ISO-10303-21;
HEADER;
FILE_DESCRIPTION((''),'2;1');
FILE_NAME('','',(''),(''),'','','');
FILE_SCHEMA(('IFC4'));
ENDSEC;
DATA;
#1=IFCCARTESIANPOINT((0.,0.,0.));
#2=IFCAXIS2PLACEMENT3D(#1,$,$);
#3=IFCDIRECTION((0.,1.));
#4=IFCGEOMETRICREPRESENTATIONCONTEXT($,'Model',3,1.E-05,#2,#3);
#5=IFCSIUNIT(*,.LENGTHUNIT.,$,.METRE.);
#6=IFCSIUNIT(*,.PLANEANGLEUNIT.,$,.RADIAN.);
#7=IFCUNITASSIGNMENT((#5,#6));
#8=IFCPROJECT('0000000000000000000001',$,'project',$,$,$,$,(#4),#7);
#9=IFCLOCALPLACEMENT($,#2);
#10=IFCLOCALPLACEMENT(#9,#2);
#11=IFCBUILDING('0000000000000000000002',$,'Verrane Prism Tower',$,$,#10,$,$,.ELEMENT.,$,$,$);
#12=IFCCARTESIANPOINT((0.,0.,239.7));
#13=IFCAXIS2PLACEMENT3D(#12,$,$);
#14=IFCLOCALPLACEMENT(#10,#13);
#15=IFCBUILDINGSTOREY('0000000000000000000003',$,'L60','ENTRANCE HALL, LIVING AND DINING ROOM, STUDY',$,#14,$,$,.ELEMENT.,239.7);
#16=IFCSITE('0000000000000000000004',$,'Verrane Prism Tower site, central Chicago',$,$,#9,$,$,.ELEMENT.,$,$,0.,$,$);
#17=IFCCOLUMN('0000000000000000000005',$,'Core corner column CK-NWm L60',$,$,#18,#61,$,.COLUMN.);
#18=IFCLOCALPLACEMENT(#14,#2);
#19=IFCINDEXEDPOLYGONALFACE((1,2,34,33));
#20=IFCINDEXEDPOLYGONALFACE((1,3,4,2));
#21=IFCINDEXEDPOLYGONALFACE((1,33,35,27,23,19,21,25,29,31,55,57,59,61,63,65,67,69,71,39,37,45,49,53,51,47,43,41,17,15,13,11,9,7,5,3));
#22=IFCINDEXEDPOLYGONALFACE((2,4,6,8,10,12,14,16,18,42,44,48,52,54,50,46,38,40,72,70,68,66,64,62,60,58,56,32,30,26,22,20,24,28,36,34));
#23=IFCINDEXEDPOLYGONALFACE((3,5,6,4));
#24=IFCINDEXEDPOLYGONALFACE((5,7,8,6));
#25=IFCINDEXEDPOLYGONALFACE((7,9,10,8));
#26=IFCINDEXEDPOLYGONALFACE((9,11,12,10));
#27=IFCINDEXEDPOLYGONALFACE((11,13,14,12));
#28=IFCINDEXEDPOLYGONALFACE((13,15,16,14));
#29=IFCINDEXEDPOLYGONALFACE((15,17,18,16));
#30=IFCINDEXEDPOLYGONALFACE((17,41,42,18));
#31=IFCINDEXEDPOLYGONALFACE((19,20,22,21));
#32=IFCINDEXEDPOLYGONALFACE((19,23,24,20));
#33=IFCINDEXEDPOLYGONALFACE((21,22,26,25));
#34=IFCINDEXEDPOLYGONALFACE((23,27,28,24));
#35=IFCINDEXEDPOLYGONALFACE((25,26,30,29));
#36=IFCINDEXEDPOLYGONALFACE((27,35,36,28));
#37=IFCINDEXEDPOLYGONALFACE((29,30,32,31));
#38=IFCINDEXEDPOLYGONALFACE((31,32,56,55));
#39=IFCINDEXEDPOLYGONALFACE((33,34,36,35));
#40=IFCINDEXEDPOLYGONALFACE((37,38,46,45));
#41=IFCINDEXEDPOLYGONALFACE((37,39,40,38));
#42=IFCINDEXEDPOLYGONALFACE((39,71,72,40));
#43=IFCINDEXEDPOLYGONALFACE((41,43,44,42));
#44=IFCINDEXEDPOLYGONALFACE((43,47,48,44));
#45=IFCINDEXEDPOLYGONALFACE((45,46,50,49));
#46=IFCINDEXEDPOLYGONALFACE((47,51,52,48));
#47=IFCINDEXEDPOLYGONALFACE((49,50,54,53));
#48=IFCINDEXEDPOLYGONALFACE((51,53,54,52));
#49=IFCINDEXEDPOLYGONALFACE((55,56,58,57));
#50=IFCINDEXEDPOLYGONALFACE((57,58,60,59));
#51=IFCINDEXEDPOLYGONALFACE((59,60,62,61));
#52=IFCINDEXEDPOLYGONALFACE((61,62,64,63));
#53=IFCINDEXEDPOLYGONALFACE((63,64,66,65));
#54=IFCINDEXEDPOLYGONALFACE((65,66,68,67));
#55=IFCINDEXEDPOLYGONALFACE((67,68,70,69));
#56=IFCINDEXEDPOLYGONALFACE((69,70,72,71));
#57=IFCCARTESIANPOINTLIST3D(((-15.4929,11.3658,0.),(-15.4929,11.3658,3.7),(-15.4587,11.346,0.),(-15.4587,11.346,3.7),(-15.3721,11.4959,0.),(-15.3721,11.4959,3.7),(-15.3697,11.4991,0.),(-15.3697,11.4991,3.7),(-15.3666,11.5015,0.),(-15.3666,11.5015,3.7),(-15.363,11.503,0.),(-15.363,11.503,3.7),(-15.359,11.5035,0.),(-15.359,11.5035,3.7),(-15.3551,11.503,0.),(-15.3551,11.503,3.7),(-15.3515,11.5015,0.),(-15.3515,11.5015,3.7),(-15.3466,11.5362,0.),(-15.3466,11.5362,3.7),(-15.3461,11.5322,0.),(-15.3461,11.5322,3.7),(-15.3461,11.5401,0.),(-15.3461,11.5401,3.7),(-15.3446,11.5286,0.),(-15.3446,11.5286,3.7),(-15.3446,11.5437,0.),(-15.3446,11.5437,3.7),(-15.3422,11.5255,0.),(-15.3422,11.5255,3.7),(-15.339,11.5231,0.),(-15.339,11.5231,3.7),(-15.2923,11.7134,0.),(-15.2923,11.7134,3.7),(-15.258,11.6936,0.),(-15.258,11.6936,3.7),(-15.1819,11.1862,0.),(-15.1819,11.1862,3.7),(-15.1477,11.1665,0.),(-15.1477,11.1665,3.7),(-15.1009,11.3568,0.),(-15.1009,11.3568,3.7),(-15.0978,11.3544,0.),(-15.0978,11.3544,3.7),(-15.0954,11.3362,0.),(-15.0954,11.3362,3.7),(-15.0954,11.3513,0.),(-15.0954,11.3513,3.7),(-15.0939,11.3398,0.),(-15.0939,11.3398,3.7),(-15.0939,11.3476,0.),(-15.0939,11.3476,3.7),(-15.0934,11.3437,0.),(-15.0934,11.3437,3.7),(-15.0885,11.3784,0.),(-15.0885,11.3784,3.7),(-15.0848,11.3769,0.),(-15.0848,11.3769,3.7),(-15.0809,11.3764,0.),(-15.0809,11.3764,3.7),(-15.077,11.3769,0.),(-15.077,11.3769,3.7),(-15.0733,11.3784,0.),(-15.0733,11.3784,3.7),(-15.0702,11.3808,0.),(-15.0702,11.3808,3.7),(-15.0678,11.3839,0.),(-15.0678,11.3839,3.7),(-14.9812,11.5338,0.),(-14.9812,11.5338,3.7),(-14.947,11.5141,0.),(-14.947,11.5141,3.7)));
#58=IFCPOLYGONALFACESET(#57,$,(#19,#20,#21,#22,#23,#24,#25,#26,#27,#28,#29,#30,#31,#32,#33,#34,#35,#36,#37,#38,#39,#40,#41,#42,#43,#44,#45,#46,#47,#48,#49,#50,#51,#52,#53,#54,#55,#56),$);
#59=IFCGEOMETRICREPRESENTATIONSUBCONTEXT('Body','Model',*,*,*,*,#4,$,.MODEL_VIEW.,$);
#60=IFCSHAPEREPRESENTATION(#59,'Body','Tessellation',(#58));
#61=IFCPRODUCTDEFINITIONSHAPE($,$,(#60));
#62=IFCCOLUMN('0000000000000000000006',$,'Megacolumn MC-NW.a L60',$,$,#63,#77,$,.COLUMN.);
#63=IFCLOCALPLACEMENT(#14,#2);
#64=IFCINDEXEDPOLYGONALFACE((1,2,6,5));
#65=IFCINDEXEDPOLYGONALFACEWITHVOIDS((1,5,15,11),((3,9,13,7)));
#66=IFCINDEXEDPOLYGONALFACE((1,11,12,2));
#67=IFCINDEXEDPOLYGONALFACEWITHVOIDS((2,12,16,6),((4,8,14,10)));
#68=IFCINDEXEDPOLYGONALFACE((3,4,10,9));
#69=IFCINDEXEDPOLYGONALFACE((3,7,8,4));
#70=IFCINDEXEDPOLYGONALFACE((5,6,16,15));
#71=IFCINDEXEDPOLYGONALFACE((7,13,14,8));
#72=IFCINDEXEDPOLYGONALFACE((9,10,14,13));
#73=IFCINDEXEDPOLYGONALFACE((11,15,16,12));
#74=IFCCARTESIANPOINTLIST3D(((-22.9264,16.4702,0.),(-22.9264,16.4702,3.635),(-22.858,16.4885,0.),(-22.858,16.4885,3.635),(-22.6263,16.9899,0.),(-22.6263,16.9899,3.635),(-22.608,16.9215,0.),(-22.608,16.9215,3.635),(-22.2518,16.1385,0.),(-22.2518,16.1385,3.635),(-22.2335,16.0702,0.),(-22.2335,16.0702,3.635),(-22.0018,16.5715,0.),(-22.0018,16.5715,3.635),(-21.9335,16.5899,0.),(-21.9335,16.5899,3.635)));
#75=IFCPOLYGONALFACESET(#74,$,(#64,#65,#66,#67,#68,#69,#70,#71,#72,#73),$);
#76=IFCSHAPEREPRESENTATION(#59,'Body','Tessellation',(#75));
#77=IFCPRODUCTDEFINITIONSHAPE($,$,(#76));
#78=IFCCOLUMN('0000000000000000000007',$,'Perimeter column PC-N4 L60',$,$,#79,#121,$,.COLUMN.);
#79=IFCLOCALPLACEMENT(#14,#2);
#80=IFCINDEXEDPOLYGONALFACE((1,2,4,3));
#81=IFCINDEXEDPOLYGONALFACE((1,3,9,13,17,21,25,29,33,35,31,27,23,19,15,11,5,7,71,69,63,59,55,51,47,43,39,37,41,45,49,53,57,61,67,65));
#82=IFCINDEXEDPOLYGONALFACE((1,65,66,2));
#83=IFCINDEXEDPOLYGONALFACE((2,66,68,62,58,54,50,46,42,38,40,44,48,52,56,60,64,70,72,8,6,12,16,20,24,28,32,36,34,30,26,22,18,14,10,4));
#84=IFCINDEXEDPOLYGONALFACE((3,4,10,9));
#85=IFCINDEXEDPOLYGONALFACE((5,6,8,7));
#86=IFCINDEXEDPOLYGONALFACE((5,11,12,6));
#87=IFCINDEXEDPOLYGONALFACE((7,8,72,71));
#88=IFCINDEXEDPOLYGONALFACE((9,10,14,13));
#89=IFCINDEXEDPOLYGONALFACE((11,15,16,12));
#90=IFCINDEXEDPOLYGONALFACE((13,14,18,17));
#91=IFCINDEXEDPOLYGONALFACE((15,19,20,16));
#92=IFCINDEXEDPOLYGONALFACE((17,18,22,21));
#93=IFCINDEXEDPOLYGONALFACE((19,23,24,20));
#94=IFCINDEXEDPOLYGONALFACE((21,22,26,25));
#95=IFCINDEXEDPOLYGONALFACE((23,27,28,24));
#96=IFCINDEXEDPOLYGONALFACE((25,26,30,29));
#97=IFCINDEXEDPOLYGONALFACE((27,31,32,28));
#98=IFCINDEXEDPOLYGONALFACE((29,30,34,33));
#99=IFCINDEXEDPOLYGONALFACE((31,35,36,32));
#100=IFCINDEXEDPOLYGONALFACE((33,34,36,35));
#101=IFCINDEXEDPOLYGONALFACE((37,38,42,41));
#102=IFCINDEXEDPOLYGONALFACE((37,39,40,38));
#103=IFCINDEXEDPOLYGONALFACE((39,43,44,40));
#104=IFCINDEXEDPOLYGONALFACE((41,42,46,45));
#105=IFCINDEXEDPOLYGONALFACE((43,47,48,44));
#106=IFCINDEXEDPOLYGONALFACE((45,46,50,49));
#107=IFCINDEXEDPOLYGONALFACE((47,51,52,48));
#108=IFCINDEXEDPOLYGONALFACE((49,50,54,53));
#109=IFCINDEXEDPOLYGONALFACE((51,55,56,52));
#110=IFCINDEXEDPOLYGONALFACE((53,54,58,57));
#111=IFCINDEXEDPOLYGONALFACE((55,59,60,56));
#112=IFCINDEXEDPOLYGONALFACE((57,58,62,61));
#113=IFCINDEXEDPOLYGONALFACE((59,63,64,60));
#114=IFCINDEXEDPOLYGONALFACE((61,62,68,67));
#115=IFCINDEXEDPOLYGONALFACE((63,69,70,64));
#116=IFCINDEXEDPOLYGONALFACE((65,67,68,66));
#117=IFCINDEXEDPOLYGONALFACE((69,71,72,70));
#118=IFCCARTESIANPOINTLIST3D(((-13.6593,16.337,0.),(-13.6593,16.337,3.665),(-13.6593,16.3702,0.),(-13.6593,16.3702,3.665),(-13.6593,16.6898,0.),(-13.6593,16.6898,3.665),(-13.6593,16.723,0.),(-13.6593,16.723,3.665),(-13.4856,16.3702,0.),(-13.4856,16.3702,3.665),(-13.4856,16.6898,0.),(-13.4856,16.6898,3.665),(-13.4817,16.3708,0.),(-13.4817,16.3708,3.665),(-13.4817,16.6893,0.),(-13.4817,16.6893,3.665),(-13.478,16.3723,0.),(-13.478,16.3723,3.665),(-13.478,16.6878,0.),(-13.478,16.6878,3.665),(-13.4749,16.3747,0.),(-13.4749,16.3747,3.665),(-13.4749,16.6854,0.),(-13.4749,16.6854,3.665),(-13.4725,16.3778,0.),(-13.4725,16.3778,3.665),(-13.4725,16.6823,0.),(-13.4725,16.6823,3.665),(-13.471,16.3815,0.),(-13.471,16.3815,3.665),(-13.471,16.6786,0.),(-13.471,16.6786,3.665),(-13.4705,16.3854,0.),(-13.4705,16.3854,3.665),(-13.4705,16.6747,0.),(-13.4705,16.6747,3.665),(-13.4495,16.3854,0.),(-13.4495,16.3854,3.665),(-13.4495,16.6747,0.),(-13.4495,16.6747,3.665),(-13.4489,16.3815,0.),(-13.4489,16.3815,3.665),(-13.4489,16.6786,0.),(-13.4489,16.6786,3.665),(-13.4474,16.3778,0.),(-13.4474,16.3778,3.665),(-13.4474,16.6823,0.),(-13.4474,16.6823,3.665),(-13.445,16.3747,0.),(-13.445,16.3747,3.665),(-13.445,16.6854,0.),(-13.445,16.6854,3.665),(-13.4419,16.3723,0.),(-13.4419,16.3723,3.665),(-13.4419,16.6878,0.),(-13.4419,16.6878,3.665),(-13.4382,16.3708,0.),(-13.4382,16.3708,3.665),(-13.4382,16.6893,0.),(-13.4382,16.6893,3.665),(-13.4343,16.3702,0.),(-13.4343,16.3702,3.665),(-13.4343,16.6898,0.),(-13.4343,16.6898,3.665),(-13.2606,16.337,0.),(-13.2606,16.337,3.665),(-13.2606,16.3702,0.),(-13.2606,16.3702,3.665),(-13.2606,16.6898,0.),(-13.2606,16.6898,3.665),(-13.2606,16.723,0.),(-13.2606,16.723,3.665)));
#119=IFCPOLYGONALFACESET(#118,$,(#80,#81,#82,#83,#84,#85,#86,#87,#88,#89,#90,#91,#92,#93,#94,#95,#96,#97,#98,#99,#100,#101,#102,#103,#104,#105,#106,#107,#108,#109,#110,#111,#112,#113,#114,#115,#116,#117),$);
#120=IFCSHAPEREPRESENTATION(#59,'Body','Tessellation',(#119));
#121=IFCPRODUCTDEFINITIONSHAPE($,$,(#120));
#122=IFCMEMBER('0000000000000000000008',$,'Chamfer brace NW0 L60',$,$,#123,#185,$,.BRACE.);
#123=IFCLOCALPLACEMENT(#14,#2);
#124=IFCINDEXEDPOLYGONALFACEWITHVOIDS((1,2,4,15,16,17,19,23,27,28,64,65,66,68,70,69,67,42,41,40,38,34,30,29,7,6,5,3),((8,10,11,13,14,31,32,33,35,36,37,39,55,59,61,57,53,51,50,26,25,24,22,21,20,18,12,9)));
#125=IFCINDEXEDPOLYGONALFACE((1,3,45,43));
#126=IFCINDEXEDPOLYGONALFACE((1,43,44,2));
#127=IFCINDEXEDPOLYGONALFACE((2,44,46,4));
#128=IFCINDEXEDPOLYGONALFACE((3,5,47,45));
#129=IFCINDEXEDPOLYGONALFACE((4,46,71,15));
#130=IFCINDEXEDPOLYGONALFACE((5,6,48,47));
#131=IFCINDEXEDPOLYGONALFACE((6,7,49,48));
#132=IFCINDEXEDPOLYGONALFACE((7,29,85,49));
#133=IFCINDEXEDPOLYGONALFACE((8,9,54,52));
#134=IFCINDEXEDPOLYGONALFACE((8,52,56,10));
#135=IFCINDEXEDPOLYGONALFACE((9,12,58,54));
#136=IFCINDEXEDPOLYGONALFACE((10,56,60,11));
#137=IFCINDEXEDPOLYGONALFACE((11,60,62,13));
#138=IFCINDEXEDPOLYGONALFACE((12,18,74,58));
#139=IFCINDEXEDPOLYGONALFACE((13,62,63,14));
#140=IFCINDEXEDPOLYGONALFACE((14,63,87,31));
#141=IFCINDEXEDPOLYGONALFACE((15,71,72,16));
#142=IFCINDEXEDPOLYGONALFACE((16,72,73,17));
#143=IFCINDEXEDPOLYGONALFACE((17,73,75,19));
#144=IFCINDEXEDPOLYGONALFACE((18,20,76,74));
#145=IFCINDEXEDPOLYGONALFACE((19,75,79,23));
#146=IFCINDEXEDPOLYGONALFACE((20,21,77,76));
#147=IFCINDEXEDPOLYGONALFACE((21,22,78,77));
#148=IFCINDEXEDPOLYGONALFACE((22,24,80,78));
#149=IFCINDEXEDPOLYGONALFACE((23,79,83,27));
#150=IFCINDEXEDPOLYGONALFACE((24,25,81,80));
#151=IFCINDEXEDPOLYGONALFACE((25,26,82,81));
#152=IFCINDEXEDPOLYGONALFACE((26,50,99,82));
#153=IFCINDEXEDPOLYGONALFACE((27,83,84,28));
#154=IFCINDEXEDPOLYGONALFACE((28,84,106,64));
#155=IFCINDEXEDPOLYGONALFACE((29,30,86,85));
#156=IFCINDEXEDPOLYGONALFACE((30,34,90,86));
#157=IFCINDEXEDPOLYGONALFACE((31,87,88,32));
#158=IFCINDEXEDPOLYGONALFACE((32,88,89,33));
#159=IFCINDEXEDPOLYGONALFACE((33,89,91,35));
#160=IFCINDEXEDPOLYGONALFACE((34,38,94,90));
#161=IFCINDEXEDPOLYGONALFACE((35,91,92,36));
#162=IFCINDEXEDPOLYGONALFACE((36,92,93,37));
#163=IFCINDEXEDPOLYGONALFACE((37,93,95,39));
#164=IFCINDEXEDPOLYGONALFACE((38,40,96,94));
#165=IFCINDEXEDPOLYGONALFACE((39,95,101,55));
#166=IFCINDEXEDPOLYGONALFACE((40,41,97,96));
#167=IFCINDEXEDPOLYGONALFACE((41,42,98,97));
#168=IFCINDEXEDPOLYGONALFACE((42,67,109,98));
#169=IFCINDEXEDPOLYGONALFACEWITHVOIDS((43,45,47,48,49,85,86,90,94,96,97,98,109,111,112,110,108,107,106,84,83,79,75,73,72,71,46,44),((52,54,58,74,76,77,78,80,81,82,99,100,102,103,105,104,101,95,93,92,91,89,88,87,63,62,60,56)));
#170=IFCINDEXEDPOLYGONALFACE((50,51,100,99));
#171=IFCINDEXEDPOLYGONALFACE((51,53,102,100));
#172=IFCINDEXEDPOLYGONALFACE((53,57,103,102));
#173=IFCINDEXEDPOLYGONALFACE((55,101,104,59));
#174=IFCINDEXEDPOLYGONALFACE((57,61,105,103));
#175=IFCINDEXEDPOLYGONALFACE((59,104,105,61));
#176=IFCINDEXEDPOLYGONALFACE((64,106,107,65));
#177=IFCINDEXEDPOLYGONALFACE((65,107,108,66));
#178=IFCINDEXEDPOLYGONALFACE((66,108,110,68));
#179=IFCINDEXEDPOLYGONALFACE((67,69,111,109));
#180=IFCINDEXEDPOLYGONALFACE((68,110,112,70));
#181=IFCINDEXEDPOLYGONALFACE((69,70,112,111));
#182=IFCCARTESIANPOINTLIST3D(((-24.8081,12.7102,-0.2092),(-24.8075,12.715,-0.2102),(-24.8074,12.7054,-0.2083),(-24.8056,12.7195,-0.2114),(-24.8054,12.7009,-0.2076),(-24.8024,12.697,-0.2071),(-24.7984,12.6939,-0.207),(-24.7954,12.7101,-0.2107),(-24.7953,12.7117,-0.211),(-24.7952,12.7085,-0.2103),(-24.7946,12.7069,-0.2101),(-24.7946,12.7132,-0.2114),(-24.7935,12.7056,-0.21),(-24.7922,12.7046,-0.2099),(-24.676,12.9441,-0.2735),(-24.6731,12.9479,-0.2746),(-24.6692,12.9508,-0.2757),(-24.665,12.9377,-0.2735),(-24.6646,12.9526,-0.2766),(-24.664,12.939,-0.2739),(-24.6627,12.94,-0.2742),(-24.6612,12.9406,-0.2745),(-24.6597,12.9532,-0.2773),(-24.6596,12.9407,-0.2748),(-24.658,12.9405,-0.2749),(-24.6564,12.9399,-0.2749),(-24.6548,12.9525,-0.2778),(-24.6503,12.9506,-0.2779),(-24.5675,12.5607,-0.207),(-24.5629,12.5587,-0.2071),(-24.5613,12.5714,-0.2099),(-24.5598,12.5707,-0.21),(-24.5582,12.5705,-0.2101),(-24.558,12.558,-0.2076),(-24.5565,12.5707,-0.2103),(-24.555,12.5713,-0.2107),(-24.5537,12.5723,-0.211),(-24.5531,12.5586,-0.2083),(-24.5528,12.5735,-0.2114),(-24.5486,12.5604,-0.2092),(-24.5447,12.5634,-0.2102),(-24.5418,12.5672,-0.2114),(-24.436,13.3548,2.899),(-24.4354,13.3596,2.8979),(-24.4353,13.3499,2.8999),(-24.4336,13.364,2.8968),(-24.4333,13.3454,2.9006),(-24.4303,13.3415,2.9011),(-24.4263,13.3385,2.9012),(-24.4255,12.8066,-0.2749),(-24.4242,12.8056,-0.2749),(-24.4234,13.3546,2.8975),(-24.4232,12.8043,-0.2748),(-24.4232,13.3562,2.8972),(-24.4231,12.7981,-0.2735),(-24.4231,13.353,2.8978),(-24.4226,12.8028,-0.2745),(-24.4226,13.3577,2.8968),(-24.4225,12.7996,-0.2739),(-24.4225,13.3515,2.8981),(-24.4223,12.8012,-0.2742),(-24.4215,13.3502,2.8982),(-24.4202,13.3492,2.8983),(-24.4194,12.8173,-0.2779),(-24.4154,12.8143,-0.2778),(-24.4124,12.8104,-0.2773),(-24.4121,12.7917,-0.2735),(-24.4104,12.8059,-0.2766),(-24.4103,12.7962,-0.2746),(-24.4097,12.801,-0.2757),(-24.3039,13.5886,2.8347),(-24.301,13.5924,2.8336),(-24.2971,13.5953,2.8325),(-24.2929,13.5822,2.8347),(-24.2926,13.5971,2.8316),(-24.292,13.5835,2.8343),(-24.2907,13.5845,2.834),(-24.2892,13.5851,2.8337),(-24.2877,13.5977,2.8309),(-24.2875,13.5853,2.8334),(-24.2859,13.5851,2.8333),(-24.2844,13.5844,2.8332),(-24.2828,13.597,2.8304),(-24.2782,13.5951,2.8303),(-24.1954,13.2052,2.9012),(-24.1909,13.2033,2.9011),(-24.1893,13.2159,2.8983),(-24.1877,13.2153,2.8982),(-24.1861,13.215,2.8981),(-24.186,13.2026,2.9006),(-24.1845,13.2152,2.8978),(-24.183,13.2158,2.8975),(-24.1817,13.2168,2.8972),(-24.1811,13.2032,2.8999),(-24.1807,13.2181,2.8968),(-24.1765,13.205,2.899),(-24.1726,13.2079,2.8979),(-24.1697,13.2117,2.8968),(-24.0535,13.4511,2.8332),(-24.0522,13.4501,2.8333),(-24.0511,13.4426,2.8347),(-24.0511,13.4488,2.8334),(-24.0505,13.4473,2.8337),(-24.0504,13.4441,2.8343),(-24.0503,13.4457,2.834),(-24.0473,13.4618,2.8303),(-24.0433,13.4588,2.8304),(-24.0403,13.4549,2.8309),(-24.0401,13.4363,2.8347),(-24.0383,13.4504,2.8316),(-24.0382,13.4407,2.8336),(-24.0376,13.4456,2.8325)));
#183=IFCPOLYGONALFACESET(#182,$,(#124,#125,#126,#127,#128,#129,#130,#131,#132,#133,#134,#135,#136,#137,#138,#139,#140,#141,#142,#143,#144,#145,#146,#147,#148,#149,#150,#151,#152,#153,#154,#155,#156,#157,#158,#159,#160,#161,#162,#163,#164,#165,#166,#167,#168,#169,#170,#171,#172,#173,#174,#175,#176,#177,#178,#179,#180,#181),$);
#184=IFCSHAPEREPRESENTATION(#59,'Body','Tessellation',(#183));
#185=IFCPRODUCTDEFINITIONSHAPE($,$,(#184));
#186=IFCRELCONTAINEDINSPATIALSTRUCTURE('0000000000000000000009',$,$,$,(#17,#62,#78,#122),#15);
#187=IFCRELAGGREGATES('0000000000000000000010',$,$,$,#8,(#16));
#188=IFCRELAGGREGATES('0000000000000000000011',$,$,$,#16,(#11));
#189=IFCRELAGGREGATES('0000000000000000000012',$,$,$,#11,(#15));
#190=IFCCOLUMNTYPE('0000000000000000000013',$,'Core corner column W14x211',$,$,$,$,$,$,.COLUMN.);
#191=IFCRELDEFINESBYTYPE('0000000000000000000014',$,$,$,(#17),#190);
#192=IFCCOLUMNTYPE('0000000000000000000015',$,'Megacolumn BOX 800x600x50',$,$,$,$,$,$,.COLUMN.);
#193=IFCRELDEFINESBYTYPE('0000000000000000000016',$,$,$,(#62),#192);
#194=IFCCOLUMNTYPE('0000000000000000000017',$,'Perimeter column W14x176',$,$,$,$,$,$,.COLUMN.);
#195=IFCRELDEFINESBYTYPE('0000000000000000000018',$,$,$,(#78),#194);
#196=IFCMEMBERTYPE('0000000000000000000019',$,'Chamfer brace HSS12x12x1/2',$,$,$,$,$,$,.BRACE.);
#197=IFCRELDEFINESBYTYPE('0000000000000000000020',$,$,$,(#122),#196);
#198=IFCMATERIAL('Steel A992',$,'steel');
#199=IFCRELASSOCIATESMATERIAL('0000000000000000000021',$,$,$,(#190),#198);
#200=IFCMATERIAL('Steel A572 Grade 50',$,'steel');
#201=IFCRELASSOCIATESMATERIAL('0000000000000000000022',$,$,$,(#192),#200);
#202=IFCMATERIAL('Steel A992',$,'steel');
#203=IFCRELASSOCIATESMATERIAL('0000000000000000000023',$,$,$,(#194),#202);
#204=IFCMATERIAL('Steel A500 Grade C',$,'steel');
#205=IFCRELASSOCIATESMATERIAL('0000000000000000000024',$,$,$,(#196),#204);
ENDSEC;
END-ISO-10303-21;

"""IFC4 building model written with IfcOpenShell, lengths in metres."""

from ifc_helpers import new_model, si_unit, direction, frame, origin, origin_2d, place, context, subcontext, project, spatial, hollow_rectangle, i_section, extrude, material, material_profile, profile_set, type_object, element, save


model = new_model("IFC4")

# Units and contexts
model_context = context("Model", 3, precision=1e-05, world=origin(), true_north=direction((0.0, 1.0)))
body_context = subcontext(model_context, "Body", "Model", "MODEL_VIEW")
ifc_project = project(units=[si_unit("LENGTHUNIT", "METRE"), si_unit("PLANEANGLEUNIT", "RADIAN")], contexts=[model_context])

# Site, building, storey
site_placement = place(None, origin())
site = spatial("IfcSite", under=ifc_project, at=site_placement, Name="Verrane Prism Tower site, central Chicago", CompositionType="ELEMENT", RefElevation=0.0)
building_placement = place(site_placement, origin())
building = spatial("IfcBuilding", under=site, at=building_placement, Name="Verrane Prism Tower", CompositionType="ELEMENT")
storey_placement = place(building_placement, frame((0.0, 0.0, 239.7)))
storey = spatial("IfcBuildingStorey", under=building, at=storey_placement, Name="L60", Description="ENTRANCE HALL, LIVING AND DINING ROOM, STUDY", CompositionType="ELEMENT", Elevation=239.7)

# Columns
ifc_material_1 = material(Name="Steel A992", Category="steel")
ifc_material_profile_1 = material_profile(ifc_material_1, i_section(OverallWidth=0.4014, OverallDepth=0.3987, WebThickness=0.0249, FlangeThickness=0.0396, FilletRadius=0.0151, at=origin_2d()), Name="W14x211")
ifc_profile_set_1 = profile_set([ifc_material_profile_1], Name="Steel A992")
column_type_1 = type_object("IfcColumnType", Name="Core corner column W14x211", PredefinedType="COLUMN", material=ifc_profile_set_1)
column_1_placement = place(storey_placement, frame((-15.22, 11.4399, 0.0), z_axis=(0.0, 0.0, 1.0), x_axis=(0.5, 0.866025, 0.0)))
element("IfcColumn", 1, at=column_1_placement, inside=storey, type_object=column_type_1, Name="Core corner column CK-NWm L60", PredefinedType="COLUMN", context=body_context, shape_type="SweptSolid", body=[
    extrude(i_section(OverallWidth=0.4014, OverallDepth=0.3987, WebThickness=0.0249, FlangeThickness=0.0396, FilletRadius=0.0151, at=origin_2d()), origin(), (0.0, 0.0, 1.0), 3.7),
])
ifc_material_2 = material(Name="Steel A572 Grade 50", Category="steel")
ifc_material_profile_2 = material_profile(ifc_material_2, hollow_rectangle(XDim=0.6001, YDim=0.8, WallThickness=0.05, at=origin_2d()), Name="BOX 800x600x50")
ifc_profile_set_2 = profile_set([ifc_material_profile_2], Name="Steel A572 Grade 50")
column_type_2 = type_object("IfcColumnType", Name="Megacolumn BOX 800x600x50", PredefinedType="COLUMN", material=ifc_profile_set_2)
column_2_placement = place(storey_placement, frame((-22.4299, 16.53, 0.0), z_axis=(0.0, 0.0, 1.0), x_axis=(0.5, 0.866025, 0.0)))
element("IfcColumn", 2, at=column_2_placement, inside=storey, type_object=column_type_2, Name="Megacolumn MC-NW.a L60", PredefinedType="COLUMN", context=body_context, shape_type="SweptSolid", body=[
    extrude(hollow_rectangle(XDim=0.6001, YDim=0.8, WallThickness=0.05, at=origin_2d()), origin(), (0.0, 0.0, 1.0), 3.635),
])
ifc_material_3 = material(Name="Steel A992", Category="steel")
ifc_material_profile_3 = material_profile(ifc_material_3, i_section(OverallWidth=0.3987, OverallDepth=0.386, WebThickness=0.021, FlangeThickness=0.0332, FilletRadius=0.0151, at=origin_2d()), Name="W14x176")
ifc_profile_set_3 = profile_set([ifc_material_profile_3], Name="Steel A992")
column_type_3 = type_object("IfcColumnType", Name="Perimeter column W14x176", PredefinedType="COLUMN", material=ifc_profile_set_3)
column_3_placement = place(storey_placement, frame((-13.46, 16.53, 0.0), z_axis=(0.0, 0.0, 1.0), x_axis=(1.0, 0.0, 0.0)))
element("IfcColumn", 3, at=column_3_placement, inside=storey, type_object=column_type_3, Name="Perimeter column PC-N4 L60", PredefinedType="COLUMN", context=body_context, shape_type="SweptSolid", body=[
    extrude(i_section(OverallWidth=0.3987, OverallDepth=0.386, WebThickness=0.021, FlangeThickness=0.0332, FilletRadius=0.0151, at=origin_2d()), origin(), (0.0, 0.0, 1.0), 3.665),
])

# Member
ifc_material_4 = material(Name="Steel A500 Grade C", Category="steel")
ifc_material_profile_4 = material_profile(ifc_material_4, hollow_rectangle(XDim=0.3047, YDim=0.3047, WallThickness=0.0127, InnerFilletRadius=0.0063, OuterFilletRadius=0.019, at=origin_2d()), Name="HSS12x12x1/2")
ifc_profile_set_4 = profile_set([ifc_material_profile_4], Name="Steel A500 Grade C")
member_type_1 = type_object("IfcMemberType", Name="Chamfer brace HSS12x12x1/2", PredefinedType="BRACE", material=ifc_profile_set_4)
member_1_placement = place(storey_placement, frame((-24.6089, 12.7556, -0.2424), z_axis=(0.116417, 0.201667, 0.972511), x_axis=(-0.866054, 0.49995, 0.0)))
element("IfcMember", 4, at=member_1_placement, inside=storey, type_object=member_type_1, Name="Chamfer brace NW0 L60", PredefinedType="BRACE", context=body_context, shape_type="SweptSolid", body=[
    extrude(hollow_rectangle(XDim=0.3047, YDim=0.3047, WallThickness=0.0127, InnerFilletRadius=0.0063, OuterFilletRadius=0.019, at=origin_2d()), origin(), (0.0, 0.0, 1.0), 3.196),
])

save(model, "model.ifc")
